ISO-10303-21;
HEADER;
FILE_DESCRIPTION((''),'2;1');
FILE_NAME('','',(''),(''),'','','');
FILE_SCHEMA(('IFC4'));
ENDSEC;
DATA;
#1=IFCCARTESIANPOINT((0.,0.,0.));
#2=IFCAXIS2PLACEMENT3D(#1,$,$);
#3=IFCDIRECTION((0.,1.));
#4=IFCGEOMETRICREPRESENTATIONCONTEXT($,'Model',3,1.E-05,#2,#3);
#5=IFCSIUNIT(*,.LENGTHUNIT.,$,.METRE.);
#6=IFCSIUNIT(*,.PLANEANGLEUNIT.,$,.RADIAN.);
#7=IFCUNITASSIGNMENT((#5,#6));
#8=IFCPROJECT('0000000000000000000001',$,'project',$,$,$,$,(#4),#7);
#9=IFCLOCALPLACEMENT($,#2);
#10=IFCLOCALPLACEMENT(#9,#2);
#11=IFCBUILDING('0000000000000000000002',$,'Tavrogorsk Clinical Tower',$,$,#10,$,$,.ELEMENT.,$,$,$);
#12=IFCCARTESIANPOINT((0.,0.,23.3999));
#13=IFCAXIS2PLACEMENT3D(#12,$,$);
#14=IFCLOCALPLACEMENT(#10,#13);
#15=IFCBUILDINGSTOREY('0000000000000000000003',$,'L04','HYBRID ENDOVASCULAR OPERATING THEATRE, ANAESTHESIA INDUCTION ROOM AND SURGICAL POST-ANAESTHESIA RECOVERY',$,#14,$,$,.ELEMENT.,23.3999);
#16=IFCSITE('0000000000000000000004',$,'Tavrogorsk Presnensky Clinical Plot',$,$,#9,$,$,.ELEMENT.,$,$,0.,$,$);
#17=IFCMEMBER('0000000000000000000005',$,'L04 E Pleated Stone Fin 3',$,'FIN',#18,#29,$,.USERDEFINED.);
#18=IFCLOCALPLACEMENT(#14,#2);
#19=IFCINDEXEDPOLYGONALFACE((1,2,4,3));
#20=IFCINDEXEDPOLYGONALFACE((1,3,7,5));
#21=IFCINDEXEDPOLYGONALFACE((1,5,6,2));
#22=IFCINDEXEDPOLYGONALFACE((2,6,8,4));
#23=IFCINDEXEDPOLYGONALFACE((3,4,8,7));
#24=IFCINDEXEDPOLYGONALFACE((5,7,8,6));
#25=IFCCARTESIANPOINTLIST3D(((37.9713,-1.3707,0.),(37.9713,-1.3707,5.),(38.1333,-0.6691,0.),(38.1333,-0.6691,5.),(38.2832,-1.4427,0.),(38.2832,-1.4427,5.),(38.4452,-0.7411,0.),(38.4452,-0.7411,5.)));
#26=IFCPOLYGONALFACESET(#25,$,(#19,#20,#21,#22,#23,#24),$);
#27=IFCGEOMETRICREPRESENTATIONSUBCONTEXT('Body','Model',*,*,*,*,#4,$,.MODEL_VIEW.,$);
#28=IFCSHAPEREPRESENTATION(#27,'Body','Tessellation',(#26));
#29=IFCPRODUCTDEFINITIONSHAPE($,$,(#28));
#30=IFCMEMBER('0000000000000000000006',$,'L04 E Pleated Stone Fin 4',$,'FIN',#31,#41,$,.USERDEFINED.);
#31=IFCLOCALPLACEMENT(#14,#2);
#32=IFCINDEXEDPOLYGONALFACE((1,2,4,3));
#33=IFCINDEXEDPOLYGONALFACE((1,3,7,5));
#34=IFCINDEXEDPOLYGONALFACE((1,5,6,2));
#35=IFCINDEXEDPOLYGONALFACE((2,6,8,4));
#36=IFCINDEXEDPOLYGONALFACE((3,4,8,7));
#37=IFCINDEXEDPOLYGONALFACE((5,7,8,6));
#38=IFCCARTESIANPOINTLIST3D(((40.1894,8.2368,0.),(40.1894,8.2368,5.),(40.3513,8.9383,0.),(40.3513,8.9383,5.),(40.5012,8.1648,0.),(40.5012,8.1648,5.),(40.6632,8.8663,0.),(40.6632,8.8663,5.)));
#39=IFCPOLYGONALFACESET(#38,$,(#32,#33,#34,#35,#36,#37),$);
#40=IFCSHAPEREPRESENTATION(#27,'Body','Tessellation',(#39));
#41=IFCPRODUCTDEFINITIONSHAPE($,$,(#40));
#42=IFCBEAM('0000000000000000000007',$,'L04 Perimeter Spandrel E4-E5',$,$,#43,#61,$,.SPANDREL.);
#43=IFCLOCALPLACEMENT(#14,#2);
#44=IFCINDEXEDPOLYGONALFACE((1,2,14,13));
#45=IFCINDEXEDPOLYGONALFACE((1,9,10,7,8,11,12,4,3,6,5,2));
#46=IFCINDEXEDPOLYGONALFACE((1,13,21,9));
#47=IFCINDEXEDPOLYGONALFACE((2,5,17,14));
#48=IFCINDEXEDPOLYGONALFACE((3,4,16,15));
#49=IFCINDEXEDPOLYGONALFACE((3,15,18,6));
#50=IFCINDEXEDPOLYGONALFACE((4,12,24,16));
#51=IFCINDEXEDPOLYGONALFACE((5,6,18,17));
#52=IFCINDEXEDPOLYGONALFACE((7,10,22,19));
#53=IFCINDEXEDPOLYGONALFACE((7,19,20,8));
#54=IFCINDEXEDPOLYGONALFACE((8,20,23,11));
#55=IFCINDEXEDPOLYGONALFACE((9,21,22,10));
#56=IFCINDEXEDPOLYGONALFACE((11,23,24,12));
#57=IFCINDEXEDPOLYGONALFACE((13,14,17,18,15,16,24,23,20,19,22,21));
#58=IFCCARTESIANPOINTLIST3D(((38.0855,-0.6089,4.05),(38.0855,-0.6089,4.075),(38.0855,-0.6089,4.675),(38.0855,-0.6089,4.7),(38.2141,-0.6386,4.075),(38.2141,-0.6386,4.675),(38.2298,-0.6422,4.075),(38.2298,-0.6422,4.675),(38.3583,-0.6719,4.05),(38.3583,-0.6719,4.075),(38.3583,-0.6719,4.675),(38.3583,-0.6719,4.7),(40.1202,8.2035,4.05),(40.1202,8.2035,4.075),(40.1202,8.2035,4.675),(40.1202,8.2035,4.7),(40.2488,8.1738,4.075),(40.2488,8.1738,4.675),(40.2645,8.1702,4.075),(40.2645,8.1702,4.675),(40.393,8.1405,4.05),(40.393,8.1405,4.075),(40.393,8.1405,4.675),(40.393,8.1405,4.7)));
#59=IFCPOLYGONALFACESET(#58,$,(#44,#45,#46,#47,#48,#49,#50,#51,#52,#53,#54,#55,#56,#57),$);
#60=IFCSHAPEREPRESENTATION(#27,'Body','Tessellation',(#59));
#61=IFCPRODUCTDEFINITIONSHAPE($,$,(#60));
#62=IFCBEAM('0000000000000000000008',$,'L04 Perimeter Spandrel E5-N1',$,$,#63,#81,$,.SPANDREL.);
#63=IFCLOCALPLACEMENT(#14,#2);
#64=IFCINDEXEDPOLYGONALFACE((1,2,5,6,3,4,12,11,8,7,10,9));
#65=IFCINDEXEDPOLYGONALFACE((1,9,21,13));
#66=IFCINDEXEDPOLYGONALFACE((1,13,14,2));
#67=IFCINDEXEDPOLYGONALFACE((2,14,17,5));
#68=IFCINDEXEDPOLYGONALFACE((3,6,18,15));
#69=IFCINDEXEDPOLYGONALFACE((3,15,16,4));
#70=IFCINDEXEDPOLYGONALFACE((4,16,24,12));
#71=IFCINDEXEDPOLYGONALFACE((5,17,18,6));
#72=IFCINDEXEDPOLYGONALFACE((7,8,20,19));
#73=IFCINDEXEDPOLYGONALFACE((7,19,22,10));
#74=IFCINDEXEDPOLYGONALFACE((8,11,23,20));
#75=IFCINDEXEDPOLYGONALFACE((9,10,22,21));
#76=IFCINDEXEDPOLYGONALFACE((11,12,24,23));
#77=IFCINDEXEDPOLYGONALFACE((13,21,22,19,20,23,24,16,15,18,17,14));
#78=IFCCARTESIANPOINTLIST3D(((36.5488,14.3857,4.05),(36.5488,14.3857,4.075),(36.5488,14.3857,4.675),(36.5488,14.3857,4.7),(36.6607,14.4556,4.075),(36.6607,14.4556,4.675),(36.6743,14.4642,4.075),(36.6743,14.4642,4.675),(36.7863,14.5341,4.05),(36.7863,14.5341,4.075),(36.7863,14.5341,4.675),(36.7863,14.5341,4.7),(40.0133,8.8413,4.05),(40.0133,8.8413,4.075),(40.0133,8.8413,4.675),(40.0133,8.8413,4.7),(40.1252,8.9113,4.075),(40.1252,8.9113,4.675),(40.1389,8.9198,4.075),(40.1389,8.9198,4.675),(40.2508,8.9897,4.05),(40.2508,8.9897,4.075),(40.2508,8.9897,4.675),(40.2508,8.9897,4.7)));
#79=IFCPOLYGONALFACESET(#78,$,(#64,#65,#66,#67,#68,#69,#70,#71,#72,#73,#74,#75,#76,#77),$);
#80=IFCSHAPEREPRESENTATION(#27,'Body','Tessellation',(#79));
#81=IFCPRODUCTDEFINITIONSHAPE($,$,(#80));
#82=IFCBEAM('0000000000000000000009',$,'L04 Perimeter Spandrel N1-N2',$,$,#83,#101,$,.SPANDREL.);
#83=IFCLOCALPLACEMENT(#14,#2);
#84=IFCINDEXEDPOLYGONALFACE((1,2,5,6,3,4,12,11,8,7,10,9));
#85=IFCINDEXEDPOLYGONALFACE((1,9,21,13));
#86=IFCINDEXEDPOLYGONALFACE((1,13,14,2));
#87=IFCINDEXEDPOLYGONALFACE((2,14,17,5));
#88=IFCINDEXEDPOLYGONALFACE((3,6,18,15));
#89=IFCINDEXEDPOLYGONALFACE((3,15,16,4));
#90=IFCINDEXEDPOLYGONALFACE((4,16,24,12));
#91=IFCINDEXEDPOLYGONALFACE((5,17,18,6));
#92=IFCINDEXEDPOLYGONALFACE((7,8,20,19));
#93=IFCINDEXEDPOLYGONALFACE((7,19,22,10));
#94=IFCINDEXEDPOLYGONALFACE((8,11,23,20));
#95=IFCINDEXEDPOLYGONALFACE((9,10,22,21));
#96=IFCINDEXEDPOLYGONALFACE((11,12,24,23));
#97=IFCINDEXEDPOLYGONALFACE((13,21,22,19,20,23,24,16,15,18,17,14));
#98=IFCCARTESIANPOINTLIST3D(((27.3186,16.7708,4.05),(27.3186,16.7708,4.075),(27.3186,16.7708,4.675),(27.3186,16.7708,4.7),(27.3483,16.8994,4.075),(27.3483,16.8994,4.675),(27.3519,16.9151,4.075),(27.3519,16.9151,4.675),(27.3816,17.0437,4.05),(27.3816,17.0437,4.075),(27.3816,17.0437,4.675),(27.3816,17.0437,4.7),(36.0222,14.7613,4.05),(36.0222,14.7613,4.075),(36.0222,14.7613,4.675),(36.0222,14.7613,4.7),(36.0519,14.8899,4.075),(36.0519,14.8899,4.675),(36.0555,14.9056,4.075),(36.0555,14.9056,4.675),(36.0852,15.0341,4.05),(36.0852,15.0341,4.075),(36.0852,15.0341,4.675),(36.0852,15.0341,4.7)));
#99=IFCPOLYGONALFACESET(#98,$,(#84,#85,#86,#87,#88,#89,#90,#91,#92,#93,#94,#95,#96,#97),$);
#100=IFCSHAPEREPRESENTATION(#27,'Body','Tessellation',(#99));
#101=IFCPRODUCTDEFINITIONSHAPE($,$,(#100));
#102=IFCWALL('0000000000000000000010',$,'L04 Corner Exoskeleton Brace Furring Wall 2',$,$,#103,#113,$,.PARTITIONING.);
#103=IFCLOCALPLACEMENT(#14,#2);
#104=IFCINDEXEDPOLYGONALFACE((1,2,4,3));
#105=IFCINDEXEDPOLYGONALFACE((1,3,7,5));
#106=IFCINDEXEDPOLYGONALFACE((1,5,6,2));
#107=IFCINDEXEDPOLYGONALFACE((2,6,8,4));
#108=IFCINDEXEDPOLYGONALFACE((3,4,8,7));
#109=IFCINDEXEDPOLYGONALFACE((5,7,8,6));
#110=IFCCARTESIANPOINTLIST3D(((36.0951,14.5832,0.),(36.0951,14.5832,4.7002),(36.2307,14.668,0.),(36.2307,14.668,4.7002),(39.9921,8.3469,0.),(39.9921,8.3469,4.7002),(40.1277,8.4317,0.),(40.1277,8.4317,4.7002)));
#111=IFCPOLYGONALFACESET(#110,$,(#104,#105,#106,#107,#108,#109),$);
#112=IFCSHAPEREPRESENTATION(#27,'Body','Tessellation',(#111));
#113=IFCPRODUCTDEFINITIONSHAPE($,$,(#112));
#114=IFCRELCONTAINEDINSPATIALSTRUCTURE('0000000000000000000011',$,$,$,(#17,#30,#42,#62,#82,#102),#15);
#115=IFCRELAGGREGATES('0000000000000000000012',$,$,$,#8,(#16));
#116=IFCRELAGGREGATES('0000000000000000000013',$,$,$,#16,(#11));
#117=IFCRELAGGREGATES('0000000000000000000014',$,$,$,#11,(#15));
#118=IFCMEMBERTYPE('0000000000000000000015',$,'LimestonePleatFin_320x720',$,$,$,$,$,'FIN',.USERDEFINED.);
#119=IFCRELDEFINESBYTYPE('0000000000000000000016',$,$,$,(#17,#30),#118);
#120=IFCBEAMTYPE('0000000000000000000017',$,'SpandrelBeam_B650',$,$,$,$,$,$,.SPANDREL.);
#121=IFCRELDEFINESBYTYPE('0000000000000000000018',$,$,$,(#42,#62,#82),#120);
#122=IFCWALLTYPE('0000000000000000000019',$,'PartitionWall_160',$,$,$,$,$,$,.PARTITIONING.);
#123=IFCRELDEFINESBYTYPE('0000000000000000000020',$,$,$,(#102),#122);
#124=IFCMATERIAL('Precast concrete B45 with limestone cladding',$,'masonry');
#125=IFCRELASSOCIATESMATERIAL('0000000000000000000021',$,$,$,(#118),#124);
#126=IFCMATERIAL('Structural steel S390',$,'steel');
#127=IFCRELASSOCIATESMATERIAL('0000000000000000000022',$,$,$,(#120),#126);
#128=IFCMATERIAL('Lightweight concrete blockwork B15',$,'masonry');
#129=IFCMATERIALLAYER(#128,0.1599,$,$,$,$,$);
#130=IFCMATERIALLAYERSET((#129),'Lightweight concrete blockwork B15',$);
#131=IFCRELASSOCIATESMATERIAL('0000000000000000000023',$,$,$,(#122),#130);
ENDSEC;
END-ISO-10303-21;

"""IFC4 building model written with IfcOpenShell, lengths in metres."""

from ifc_helpers import new_model, si_unit, direction, frame, frame_2d, origin, origin_2d, place, context, subcontext, project, spatial, rectangle, i_section, extrude, material, layer, layer_set, material_profile, profile_set, type_object, element, save


model = new_model("IFC4")

# Units and contexts
model_context = context("Model", 3, precision=1e-05, world=origin(), true_north=direction((0.0, 1.0)))
body_context = subcontext(model_context, "Body", "Model", "MODEL_VIEW")
ifc_project = project(units=[si_unit("LENGTHUNIT", "METRE"), si_unit("PLANEANGLEUNIT", "RADIAN")], contexts=[model_context])

# Site, building, storey
site_placement = place(None, origin())
site = spatial("IfcSite", under=ifc_project, at=site_placement, Name="Tavrogorsk Presnensky Clinical Plot", CompositionType="ELEMENT", RefElevation=0.0)
building_placement = place(site_placement, origin())
building = spatial("IfcBuilding", under=site, at=building_placement, Name="Tavrogorsk Clinical Tower", CompositionType="ELEMENT")
storey_placement = place(building_placement, frame((0.0, 0.0, 23.3999)))
storey = spatial("IfcBuildingStorey", under=building, at=storey_placement, Name="L04", Description="HYBRID ENDOVASCULAR OPERATING THEATRE, ANAESTHESIA INDUCTION ROOM AND SURGICAL POST-ANAESTHESIA RECOVERY", CompositionType="ELEMENT", Elevation=23.3999)

# Members
ifc_material_1 = material(Name="Precast concrete B45 with limestone cladding", Category="masonry")
ifc_material_profile_1 = material_profile(ifc_material_1, rectangle(XDim=0.3201, YDim=0.72, at=origin_2d()), Name="LIMESTONE-FIN-320x720")
ifc_profile_set_1 = profile_set([ifc_material_profile_1], Name="Precast concrete B45 with limestone cladding")
member_type_1 = type_object("IfcMemberType", Name="LimestonePleatFin_320x720", ElementType="FIN", PredefinedType="USERDEFINED", material=ifc_profile_set_1)
for number, where, z_axis, x_axis, name in (
    (1, (38.2083, -1.0559, 0.0), (0.0, 0.0, 1.0), (0.97437, -0.224951, 0.0), "L04 E Pleated Stone Fin 3"),
    (2, (40.4263, 8.5515, 0.0), (0.0, 0.0, 1.0), (0.97437, -0.224951, 0.0), "L04 E Pleated Stone Fin 4"),
):
    element("IfcMember", number, at=place(storey_placement, frame(where, z_axis=z_axis, x_axis=x_axis)), inside=storey, type_object=member_type_1, Name=name, ObjectType="FIN", PredefinedType="USERDEFINED", context=body_context, shape_type="SweptSolid", body=[
        extrude(rectangle(XDim=0.3201, YDim=0.72, at=origin_2d()), origin(), (0.0, 0.0, 1.0), 5.0),
    ])

# Beams
ifc_material_2 = material(Name="Structural steel S390", Category="steel")
ifc_material_profile_2 = material_profile(ifc_material_2, i_section(OverallWidth=0.28, OverallDepth=0.6499, WebThickness=0.0161, FlangeThickness=0.0249, at=origin_2d()), Name="B-650x280x16x25")
ifc_profile_set_2 = profile_set([ifc_material_profile_2], Name="Structural steel S390")
beam_type_1 = type_object("IfcBeamType", Name="SpandrelBeam_B650", PredefinedType="SPANDREL", material=ifc_profile_set_2)
beam_1_placement = place(storey_placement, frame((38.2219, -0.6404, 4.375), z_axis=(0.224972, 0.974365, 0.0), x_axis=(-0.974365, 0.224972, 0.0)))
element("IfcBeam", 3, at=beam_1_placement, inside=storey, type_object=beam_type_1, Name="L04 Perimeter Spandrel E4-E5", PredefinedType="SPANDREL", context=body_context, shape_type="SweptSolid", body=[
    extrude(i_section(OverallWidth=0.28, OverallDepth=0.6499, WebThickness=0.0161, FlangeThickness=0.0249, at=origin_2d()), origin(), (0.0, 0.0, 1.0), 9.0442),
])
beam_2_placement = place(storey_placement, frame((40.1321, 8.9155, 4.375), z_axis=(-0.529925, 0.848044, 0.0), x_axis=(-0.848044, -0.529925, 0.0)))
element("IfcBeam", 4, at=beam_2_placement, inside=storey, type_object=beam_type_1, Name="L04 Perimeter Spandrel E5-N1", PredefinedType="SPANDREL", context=body_context, shape_type="SweptSolid", body=[
    extrude(i_section(OverallWidth=0.28, OverallDepth=0.6499, WebThickness=0.0161, FlangeThickness=0.0249, at=origin_2d()), origin(), (0.0, 0.0, 1.0), 6.5378),
])
beam_3_placement = place(storey_placement, frame((36.0537, 14.8977, 4.375), z_axis=(-0.974367, 0.224965, 0.0), x_axis=(-0.224965, -0.974367, 0.0)))
element("IfcBeam", 5, at=beam_3_placement, inside=storey, type_object=beam_type_1, Name="L04 Perimeter Spandrel N1-N2", PredefinedType="SPANDREL", context=body_context, shape_type="SweptSolid", body=[
    extrude(i_section(OverallWidth=0.28, OverallDepth=0.6499, WebThickness=0.0161, FlangeThickness=0.0249, at=origin_2d()), origin(), (0.0, 0.0, 1.0), 8.9326),
])

# Wall
ifc_material_3 = material(Name="Lightweight concrete blockwork B15", Category="masonry")
ifc_layer_1 = layer(ifc_material_3, 0.1599)
ifc_layer_set_1 = layer_set([ifc_layer_1], Name="Lightweight concrete blockwork B15")
wall_type_1 = type_object("IfcWallType", Name="PartitionWall_160", PredefinedType="PARTITIONING", material=ifc_layer_set_1)
wall_1_placement = place(storey_placement, frame((40.0598, 8.3894, 0.0), z_axis=(0.0, 0.0, 1.0), x_axis=(-0.529927, 0.848043, 0.0)))
element("IfcWall", 6, at=wall_1_placement, inside=storey, type_object=wall_type_1, Name="L04 Corner Exoskeleton Brace Furring Wall 2", PredefinedType="PARTITIONING", context=body_context, shape_type="SweptSolid", body=[
    extrude(rectangle(XDim=7.3538, YDim=0.1599, at=frame_2d((3.6768, 0.0))), origin(), (0.0, 0.0, 1.0), 4.7002),
])

save(model, "model.ifc")
